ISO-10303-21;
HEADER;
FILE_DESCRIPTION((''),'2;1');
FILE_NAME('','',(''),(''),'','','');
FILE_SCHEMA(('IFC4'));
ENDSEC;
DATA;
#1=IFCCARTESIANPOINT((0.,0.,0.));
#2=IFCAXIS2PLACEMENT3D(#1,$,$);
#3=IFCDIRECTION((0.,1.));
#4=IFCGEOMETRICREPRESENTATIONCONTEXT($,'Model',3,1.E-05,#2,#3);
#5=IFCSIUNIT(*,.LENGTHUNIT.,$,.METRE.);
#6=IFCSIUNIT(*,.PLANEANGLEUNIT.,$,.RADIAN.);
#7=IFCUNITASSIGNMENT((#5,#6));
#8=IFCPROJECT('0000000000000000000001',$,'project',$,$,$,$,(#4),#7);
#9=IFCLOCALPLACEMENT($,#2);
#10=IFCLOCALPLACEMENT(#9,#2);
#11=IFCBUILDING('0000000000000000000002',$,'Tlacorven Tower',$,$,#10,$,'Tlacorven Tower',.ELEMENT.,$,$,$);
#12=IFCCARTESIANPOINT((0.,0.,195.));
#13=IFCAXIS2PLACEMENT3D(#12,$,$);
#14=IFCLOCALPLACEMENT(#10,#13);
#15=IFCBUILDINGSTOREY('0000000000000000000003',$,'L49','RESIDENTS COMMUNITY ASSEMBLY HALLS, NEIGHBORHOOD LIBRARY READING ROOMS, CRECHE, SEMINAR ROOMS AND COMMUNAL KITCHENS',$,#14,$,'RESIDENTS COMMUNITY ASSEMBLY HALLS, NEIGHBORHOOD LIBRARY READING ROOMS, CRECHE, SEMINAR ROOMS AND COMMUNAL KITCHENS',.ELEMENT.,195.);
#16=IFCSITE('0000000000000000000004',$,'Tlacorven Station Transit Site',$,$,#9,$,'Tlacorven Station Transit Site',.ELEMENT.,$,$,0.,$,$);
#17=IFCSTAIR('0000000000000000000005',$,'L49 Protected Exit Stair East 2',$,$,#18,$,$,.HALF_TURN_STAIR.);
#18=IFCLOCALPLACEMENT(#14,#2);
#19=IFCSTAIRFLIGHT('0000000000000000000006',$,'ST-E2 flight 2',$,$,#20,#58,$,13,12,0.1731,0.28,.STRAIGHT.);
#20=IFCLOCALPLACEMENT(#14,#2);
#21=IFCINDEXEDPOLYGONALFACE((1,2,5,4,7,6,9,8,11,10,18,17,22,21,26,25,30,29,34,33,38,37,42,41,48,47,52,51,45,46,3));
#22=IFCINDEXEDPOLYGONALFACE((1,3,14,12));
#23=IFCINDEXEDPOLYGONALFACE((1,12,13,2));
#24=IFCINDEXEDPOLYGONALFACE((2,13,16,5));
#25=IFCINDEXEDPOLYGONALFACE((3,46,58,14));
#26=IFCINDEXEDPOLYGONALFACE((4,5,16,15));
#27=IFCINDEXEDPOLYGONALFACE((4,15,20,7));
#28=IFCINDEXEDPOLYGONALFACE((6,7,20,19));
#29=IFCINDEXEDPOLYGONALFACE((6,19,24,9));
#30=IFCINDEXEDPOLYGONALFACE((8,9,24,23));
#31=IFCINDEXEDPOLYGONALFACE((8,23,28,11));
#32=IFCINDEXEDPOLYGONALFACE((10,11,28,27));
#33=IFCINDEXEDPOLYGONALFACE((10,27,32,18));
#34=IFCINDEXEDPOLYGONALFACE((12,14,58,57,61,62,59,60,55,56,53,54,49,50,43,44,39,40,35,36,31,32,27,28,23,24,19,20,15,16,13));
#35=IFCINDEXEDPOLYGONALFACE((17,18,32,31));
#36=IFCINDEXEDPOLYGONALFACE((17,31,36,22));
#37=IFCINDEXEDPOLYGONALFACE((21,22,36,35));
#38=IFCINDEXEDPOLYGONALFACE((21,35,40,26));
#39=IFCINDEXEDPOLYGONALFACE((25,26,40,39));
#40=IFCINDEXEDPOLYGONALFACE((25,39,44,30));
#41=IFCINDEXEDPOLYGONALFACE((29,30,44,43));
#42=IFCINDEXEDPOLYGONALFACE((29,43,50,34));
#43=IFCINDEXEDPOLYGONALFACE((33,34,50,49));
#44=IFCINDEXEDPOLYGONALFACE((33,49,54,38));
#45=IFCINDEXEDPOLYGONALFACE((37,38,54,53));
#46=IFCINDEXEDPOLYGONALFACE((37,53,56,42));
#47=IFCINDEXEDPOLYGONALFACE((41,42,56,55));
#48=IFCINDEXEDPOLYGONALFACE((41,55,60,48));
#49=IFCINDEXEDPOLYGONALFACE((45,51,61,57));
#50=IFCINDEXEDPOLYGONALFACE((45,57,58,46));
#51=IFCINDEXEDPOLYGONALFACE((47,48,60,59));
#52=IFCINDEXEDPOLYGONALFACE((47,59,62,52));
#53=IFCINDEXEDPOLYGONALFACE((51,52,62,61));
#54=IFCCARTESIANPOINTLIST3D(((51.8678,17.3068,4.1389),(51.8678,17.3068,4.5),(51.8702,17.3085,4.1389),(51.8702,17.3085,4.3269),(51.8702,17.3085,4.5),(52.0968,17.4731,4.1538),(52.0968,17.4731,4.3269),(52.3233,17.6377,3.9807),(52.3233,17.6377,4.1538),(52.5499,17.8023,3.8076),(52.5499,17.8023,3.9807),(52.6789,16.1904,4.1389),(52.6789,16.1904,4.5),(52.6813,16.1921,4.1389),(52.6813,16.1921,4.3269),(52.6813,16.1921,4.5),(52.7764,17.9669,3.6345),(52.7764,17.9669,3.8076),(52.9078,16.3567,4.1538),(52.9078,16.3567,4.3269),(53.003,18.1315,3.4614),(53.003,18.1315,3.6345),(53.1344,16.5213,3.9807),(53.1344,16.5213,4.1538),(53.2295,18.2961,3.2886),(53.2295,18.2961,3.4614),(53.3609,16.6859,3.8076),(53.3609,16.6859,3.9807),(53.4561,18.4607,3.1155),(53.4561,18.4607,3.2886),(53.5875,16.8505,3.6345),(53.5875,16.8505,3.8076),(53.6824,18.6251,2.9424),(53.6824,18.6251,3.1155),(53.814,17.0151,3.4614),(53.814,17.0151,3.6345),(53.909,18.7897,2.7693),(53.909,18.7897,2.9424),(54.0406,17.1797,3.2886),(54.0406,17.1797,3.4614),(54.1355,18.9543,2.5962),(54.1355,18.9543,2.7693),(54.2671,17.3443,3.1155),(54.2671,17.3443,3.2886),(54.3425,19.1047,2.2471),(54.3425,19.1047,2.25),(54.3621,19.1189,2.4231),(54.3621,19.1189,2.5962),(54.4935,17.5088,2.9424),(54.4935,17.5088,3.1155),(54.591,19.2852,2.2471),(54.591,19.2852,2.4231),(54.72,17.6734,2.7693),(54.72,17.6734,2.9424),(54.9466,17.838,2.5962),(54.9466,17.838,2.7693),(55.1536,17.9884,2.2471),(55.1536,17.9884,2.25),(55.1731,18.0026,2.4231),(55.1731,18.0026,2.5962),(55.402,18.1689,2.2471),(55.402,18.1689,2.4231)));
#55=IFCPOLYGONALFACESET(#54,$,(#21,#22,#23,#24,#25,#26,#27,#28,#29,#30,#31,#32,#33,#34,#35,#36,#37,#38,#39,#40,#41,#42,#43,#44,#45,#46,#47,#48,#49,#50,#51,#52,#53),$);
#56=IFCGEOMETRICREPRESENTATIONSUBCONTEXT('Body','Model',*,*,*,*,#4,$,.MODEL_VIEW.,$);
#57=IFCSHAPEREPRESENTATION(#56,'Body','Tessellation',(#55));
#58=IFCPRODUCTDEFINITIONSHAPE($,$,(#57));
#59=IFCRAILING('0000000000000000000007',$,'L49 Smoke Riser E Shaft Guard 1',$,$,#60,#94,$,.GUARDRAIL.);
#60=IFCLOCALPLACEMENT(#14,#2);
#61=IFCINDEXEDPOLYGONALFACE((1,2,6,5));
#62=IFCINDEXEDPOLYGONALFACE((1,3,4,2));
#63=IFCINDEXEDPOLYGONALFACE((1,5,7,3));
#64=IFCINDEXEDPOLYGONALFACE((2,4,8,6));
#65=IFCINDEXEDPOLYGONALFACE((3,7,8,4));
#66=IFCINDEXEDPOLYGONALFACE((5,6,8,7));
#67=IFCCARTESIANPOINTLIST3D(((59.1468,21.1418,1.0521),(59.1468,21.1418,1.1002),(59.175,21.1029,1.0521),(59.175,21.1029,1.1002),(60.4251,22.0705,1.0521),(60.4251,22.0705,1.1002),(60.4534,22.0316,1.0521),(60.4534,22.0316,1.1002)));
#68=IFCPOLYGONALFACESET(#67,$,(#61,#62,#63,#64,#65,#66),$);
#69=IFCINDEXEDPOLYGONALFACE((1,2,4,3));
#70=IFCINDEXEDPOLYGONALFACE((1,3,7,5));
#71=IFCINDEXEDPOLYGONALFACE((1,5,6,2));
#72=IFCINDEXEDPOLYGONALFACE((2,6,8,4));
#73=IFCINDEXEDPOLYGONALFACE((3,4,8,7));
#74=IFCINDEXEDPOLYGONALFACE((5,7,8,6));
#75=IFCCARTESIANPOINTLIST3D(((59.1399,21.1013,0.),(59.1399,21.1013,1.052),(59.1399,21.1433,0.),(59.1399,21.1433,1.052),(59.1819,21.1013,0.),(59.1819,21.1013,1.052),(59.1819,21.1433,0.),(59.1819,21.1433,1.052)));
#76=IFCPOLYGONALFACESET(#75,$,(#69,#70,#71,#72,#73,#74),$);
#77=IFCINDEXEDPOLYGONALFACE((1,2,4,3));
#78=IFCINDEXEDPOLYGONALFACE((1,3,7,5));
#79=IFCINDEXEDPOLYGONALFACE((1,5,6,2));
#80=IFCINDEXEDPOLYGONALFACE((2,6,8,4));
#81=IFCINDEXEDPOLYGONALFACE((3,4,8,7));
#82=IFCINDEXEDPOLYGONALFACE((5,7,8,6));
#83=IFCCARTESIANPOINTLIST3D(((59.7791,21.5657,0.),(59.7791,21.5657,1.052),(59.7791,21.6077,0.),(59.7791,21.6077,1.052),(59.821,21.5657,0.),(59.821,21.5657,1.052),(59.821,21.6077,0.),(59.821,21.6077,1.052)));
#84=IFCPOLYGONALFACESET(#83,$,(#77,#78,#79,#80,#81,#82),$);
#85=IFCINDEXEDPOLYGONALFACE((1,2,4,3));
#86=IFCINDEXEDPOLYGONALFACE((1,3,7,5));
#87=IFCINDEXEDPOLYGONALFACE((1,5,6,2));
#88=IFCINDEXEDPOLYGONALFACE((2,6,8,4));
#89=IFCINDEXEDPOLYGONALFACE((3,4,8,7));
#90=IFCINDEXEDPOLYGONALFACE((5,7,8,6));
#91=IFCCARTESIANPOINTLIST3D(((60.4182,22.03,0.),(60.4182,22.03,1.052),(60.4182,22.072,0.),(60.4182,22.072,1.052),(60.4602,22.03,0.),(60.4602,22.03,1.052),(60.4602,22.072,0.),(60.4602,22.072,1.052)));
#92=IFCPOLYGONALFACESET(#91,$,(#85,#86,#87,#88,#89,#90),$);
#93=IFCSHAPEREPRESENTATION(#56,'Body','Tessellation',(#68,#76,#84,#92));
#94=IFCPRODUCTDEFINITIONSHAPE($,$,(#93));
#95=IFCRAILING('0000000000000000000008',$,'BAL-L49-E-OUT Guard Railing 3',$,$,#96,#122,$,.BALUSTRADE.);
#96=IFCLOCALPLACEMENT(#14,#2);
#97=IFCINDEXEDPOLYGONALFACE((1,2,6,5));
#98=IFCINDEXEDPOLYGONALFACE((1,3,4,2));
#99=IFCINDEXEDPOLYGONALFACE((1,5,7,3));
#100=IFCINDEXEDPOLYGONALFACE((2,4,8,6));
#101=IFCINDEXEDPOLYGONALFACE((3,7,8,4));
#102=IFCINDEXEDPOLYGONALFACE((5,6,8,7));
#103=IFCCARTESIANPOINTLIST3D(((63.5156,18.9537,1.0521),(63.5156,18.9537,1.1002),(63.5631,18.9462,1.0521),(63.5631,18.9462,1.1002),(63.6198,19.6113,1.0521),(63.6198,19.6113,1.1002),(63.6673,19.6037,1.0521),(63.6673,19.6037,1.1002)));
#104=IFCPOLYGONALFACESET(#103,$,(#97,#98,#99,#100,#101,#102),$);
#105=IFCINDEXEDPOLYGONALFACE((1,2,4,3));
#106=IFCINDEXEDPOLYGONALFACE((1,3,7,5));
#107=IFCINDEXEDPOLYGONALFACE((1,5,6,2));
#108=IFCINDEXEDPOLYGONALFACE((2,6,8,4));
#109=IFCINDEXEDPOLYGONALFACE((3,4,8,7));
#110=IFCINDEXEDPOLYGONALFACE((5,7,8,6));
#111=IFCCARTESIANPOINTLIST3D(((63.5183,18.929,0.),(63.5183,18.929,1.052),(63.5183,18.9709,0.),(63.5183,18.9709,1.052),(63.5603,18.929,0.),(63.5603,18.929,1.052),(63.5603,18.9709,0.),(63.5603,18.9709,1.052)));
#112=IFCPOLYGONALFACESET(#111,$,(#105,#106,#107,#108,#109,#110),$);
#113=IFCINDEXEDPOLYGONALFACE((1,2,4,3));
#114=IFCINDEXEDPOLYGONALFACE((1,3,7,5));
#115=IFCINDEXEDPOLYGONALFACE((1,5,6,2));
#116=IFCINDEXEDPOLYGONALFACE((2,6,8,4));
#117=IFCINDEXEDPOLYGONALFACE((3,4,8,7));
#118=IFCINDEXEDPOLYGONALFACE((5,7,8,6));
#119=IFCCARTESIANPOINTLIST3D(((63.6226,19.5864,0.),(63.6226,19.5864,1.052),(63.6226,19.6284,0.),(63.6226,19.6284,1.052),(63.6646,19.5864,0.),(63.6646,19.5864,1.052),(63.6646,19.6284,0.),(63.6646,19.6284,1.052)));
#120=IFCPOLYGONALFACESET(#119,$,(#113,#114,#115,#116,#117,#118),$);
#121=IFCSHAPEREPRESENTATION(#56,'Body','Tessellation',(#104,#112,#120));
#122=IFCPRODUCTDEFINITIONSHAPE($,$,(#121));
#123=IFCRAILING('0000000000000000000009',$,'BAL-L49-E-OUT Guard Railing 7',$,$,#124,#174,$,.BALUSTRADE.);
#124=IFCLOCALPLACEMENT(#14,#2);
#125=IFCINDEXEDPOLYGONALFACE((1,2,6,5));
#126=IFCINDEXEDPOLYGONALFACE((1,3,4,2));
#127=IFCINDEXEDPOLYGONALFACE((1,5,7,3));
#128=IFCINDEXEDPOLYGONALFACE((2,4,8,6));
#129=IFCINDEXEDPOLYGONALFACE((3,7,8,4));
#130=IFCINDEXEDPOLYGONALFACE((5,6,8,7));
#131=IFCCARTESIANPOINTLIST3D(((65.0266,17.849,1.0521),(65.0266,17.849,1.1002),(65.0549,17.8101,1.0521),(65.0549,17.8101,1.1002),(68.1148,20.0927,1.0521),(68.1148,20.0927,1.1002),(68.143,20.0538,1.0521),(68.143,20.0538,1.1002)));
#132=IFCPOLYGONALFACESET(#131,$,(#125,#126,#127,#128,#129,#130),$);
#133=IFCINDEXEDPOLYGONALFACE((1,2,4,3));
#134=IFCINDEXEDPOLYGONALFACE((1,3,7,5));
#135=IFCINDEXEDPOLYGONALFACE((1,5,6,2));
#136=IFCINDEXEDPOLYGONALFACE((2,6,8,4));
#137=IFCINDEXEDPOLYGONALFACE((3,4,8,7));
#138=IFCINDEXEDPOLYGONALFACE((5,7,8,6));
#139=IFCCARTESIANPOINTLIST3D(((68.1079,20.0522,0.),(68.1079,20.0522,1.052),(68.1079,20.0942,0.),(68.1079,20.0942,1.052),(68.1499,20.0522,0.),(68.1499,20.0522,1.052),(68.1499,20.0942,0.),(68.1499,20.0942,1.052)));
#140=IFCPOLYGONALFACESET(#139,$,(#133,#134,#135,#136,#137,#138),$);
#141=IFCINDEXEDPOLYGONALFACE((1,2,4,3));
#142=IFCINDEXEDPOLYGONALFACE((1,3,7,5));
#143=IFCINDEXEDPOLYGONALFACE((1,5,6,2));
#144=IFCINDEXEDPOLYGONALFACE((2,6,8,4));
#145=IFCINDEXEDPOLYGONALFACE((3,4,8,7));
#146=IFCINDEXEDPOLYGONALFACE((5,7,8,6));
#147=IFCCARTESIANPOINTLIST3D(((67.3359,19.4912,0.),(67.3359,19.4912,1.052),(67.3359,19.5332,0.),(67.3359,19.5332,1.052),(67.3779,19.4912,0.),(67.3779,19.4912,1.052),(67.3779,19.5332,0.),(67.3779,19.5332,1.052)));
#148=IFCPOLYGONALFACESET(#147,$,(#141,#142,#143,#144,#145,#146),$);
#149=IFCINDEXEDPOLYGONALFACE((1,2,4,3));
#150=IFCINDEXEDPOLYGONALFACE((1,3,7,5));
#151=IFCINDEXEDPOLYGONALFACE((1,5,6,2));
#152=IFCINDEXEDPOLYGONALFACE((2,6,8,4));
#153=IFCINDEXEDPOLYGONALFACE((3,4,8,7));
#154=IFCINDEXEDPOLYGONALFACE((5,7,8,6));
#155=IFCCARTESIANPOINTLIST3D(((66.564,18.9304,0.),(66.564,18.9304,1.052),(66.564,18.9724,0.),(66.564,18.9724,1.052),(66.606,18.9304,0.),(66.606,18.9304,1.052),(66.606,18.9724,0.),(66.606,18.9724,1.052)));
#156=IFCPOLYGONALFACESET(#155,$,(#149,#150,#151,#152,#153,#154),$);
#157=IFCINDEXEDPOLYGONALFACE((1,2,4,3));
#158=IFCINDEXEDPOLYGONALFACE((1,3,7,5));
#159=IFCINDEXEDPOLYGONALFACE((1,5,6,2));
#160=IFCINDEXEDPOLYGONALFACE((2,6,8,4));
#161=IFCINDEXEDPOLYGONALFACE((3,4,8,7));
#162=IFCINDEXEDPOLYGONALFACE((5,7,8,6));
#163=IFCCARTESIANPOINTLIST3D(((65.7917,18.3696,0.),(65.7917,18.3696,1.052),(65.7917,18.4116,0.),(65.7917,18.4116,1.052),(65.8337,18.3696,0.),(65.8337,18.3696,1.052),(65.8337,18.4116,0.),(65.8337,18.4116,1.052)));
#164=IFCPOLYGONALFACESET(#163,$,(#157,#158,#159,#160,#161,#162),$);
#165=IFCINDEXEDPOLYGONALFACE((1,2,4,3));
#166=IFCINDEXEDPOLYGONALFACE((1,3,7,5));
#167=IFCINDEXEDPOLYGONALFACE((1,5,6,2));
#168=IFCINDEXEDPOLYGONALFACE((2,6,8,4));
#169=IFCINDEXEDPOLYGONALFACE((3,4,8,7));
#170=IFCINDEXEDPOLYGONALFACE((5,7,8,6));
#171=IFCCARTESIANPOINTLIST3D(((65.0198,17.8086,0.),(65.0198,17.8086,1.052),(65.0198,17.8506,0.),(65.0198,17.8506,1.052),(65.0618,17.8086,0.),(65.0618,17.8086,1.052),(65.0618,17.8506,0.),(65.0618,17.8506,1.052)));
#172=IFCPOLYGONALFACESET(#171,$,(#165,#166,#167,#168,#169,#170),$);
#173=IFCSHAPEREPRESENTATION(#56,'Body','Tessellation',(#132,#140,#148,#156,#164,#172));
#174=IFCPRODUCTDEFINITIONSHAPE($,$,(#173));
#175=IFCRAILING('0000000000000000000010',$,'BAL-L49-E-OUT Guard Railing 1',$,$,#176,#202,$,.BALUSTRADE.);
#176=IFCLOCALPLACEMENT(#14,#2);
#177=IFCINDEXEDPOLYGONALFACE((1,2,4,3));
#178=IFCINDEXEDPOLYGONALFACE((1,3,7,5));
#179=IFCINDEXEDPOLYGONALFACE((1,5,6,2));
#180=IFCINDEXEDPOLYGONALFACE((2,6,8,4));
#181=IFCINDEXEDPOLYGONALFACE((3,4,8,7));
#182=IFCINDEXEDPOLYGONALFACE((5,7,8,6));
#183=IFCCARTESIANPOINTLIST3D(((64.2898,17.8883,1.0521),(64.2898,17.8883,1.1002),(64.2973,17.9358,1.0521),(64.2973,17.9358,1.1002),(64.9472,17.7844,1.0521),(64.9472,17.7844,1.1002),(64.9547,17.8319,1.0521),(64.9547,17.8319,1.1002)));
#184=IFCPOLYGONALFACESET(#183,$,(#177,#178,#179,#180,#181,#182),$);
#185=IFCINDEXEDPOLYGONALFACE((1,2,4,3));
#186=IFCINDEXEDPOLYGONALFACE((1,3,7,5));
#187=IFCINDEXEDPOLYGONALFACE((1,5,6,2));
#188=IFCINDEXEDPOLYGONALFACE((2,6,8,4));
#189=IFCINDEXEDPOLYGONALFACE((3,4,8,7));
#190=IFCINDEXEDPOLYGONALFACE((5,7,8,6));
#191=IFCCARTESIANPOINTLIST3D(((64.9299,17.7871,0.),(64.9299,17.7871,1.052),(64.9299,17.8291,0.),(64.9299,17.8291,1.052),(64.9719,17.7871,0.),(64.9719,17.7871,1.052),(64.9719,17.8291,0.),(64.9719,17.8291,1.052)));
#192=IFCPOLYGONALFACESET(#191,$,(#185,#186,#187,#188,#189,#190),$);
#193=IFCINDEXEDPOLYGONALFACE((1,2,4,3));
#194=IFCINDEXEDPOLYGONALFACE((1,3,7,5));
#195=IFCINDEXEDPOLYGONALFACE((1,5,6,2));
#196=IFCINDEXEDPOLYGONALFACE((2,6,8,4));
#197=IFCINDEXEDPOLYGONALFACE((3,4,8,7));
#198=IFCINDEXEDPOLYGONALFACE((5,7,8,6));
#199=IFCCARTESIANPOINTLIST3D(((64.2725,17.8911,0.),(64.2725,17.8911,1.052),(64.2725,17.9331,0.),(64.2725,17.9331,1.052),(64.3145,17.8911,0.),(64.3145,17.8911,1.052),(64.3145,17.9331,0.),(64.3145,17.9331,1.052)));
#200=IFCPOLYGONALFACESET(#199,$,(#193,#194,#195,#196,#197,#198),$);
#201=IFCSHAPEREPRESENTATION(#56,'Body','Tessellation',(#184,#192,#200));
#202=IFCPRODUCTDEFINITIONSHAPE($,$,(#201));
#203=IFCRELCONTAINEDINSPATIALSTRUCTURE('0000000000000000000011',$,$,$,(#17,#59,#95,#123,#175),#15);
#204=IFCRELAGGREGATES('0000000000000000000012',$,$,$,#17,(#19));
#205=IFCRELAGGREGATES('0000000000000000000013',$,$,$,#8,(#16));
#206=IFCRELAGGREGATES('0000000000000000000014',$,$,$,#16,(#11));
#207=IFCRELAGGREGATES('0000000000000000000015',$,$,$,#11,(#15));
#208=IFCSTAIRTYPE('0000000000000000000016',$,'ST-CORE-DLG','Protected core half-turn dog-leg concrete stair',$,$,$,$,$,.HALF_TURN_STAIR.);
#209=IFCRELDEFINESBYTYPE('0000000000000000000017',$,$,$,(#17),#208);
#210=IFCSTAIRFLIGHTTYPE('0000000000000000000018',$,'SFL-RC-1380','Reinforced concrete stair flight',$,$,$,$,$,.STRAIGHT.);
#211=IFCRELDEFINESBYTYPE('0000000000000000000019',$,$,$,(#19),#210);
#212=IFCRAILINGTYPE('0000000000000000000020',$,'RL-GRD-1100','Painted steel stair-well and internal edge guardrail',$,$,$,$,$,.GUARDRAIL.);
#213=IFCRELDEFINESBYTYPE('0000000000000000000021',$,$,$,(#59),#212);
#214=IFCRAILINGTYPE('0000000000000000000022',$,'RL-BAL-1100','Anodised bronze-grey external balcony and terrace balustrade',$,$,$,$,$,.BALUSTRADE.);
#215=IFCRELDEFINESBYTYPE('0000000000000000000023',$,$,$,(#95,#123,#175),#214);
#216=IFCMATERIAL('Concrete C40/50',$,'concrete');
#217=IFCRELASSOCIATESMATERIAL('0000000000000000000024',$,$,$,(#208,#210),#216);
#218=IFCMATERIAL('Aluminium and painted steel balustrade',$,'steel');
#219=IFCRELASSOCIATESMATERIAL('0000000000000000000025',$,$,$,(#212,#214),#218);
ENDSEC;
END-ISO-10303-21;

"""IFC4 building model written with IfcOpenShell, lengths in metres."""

from ifc_helpers import new_model, si_unit, direction, frame, origin, origin_2d, place, context, subcontext, project, spatial, polyline, rectangle, outline, extrude, source, transform, mapped, material, type_object, element, aggregate, save


model = new_model("IFC4")

# Units and contexts
model_context = context("Model", 3, precision=1e-05, world=origin(), true_north=direction((0.0, 1.0)))
body_context = subcontext(model_context, "Body", "Model", "MODEL_VIEW")
ifc_project = project(units=[si_unit("LENGTHUNIT", "METRE"), si_unit("PLANEANGLEUNIT", "RADIAN")], contexts=[model_context])

# Site, building, storey
site_placement = place(None, origin())
site = spatial("IfcSite", under=ifc_project, at=site_placement, Name="Tlacorven Station Transit Site", LongName="Tlacorven Station Transit Site", CompositionType="ELEMENT", RefElevation=0.0)
building_placement = place(site_placement, origin())
building = spatial("IfcBuilding", under=site, at=building_placement, Name="Tlacorven Tower", LongName="Tlacorven Tower", CompositionType="ELEMENT")
storey_placement = place(building_placement, frame((0.0, 0.0, 195.0)))
storey = spatial("IfcBuildingStorey", under=building, at=storey_placement, Name="L49", Description="RESIDENTS COMMUNITY ASSEMBLY HALLS, NEIGHBORHOOD LIBRARY READING ROOMS, CRECHE, SEMINAR ROOMS AND COMMUNAL KITCHENS", LongName="RESIDENTS COMMUNITY ASSEMBLY HALLS, NEIGHBORHOOD LIBRARY READING ROOMS, CRECHE, SEMINAR ROOMS AND COMMUNAL KITCHENS", CompositionType="ELEMENT", Elevation=195.0)

# Shared definitions
ifc_material_1 = material(Name="Concrete C40/50", Category="concrete")

# Stair, stair flight
stair_type = type_object("IfcStairType", Name="ST-CORE-DLG", Description="Protected core half-turn dog-leg concrete stair", PredefinedType="HALF_TURN_STAIR", material=ifc_material_1)
stair_placement = place(storey_placement, origin())
stair = element("IfcStair", 1, at=stair_placement, inside=storey, type_object=stair_type, Name="L49 Protected Exit Stair East 2", PredefinedType="HALF_TURN_STAIR")
stair_flight_type = type_object("IfcStairFlightType", Name="SFL-RC-1380", Description="Reinforced concrete stair flight", PredefinedType="STRAIGHT", material=ifc_material_1)
shared_shape_1 = source(origin(), body_context, "Body", "SweptSolid", [
    extrude(outline(polyline([(-0.0029, -0.0029), (-0.0029, 0.1731), (0.28, 0.1731), (0.28, 0.3462), (0.5601, 0.3462), (0.5601, 0.5193), (0.8401, 0.5193), (0.8401, 0.6924), (1.1201, 0.6924), (1.1201, 0.8655), (1.3999, 0.8655), (1.3999, 1.0386), (1.6799, 1.0386), (1.6799, 1.2114), (1.96, 1.2114), (1.96, 1.3845), (2.24, 1.3845), (2.24, 1.5576), (2.52, 1.5576), (2.52, 1.7307), (2.8, 1.7307), (2.8, 1.9038), (3.0801, 1.9038), (3.0801, 2.0769), (3.3601, 2.0769), (3.3601, 2.25), (3.363, 2.25), (3.363, 1.8889), (3.3601, 1.8889), (0.3042, 0.0), (0.3042, -0.0029), (-0.0029, -0.0029)])), frame((0.0, 0.6899, 0.0), z_axis=(0.0, -1.0, 0.0), x_axis=(1.0, 0.0, 0.0)), (0.0, 0.0, 1.0), 1.3799),
])
stair_flight_placement = place(storey_placement, frame((54.9941, 18.7253, 2.25), z_axis=(0.0, 0.0, 1.0), x_axis=(-0.809017, -0.587785, 0.0)))
stair_flight = element("IfcStairFlight", 2, at=stair_flight_placement, type_object=stair_flight_type, Name="ST-E2 flight 2", NumberOfRisers=13, NumberOfTreads=12, PredefinedType="STRAIGHT", RiserHeight=0.1731, TreadLength=0.28, context=body_context, shape_type="MappedRepresentation", body=[
    mapped(shared_shape_1, transform((0.0, 0.0, 0.0), scale=1.0)),
])
aggregate(stair, [stair_flight])

# Railings
ifc_material_2 = material(Name="Aluminium and painted steel balustrade", Category="steel")
railing_type_1 = type_object("IfcRailingType", Name="RL-GRD-1100", Description="Painted steel stair-well and internal edge guardrail", PredefinedType="GUARDRAIL", material=ifc_material_2)
shared_shape_2 = source(origin(), body_context, "Body", "SweptSolid", [
    extrude(rectangle(XDim=0.0481, YDim=0.0481, at=origin_2d()), frame((0.0, 0.0, 1.0762), z_axis=(0.80903, 0.587767, 0.0), x_axis=(-0.587767, 0.80903, 0.0)), (0.0, 0.0, 1.0), 1.5801),
    extrude(rectangle(XDim=0.042, YDim=0.042, at=origin_2d()), origin(), (0.0, 0.0, 1.0), 1.052),
    extrude(rectangle(XDim=0.042, YDim=0.042, at=origin_2d()), frame((0.6392, 0.4644, 0.0)), (0.0, 0.0, 1.0), 1.052),
    extrude(rectangle(XDim=0.042, YDim=0.042, at=origin_2d()), frame((1.2783, 0.9287, 0.0)), (0.0, 0.0, 1.0), 1.052),
])
railing_1_placement = place(storey_placement, frame((59.1609, 21.1223, 0.0)))
element("IfcRailing", 3, at=railing_1_placement, inside=storey, type_object=railing_type_1, Name="L49 Smoke Riser E Shaft Guard 1", PredefinedType="GUARDRAIL", context=body_context, shape_type="MappedRepresentation", body=[
    mapped(shared_shape_2, transform((0.0, 0.0, 0.0), scale=1.0)),
])
railing_type_2 = type_object("IfcRailingType", Name="RL-BAL-1100", Description="Anodised bronze-grey external balcony and terrace balustrade", PredefinedType="BALUSTRADE", material=ifc_material_2)
shared_shape_3 = source(origin(), body_context, "Body", "SweptSolid", [
    extrude(rectangle(XDim=0.0481, YDim=0.0481, at=origin_2d()), frame((0.0, 0.0, 1.0762), z_axis=(0.156603, 0.987662, 0.0), x_axis=(-0.987662, 0.156603, 0.0)), (0.0, 0.0, 1.0), 0.6658),
    extrude(rectangle(XDim=0.042, YDim=0.042, at=origin_2d()), origin(), (0.0, 0.0, 1.0), 1.052),
    extrude(rectangle(XDim=0.042, YDim=0.042, at=origin_2d()), frame((0.1042, 0.6575, 0.0)), (0.0, 0.0, 1.0), 1.052),
])
railing_2_placement = place(storey_placement, frame((63.5393, 18.95, 0.0)))
element("IfcRailing", 4, at=railing_2_placement, inside=storey, type_object=railing_type_2, Name="BAL-L49-E-OUT Guard Railing 3", PredefinedType="BALUSTRADE", context=body_context, shape_type="MappedRepresentation", body=[
    mapped(shared_shape_3, transform((0.0, 0.0, 0.0), scale=1.0)),
])
shared_shape_4 = source(origin(), body_context, "Body", "SweptSolid", [
    extrude(rectangle(XDim=0.0481, YDim=0.0481, at=origin_2d()), frame((0.0, 0.0, 1.0762), z_axis=(-0.809018, -0.587784, 0.0), x_axis=(0.587784, -0.809018, 0.0)), (0.0, 0.0, 1.0), 3.8171),
    extrude(rectangle(XDim=0.042, YDim=0.042, at=origin_2d()), origin(), (0.0, 0.0, 1.0), 1.052),
    extrude(rectangle(XDim=0.042, YDim=0.042, at=origin_2d()), frame((-0.772, -0.561, 0.0)), (0.0, 0.0, 1.0), 1.052),
    extrude(rectangle(XDim=0.042, YDim=0.042, at=origin_2d()), frame((-1.5439, -1.1218, 0.0)), (0.0, 0.0, 1.0), 1.052),
    extrude(rectangle(XDim=0.042, YDim=0.042, at=origin_2d()), frame((-2.3162, -1.6826, 0.0)), (0.0, 0.0, 1.0), 1.052),
    extrude(rectangle(XDim=0.042, YDim=0.042, at=origin_2d()), frame((-3.0881, -2.2437, 0.0)), (0.0, 0.0, 1.0), 1.052),
])
railing_3_placement = place(storey_placement, frame((68.1289, 20.0732, 0.0)))
element("IfcRailing", 5, at=railing_3_placement, inside=storey, type_object=railing_type_2, Name="BAL-L49-E-OUT Guard Railing 7", PredefinedType="BALUSTRADE", context=body_context, shape_type="MappedRepresentation", body=[
    mapped(shared_shape_4, transform((0.0, 0.0, 0.0), scale=1.0)),
])
shared_shape_5 = source(origin(), body_context, "Body", "SweptSolid", [
    extrude(rectangle(XDim=0.0481, YDim=0.0481, at=origin_2d()), frame((0.0, 0.0, 1.0762), z_axis=(-0.987718, 0.156245, 0.0), x_axis=(-0.156245, -0.987718, 0.0)), (0.0, 0.0, 1.0), 0.6655),
    extrude(rectangle(XDim=0.042, YDim=0.042, at=origin_2d()), origin(), (0.0, 0.0, 1.0), 1.052),
    extrude(rectangle(XDim=0.042, YDim=0.042, at=origin_2d()), frame((-0.6575, 0.104, 0.0)), (0.0, 0.0, 1.0), 1.052),
])
railing_4_placement = place(storey_placement, frame((64.9509, 17.8081, 0.0)))
element("IfcRailing", 6, at=railing_4_placement, inside=storey, type_object=railing_type_2, Name="BAL-L49-E-OUT Guard Railing 1", PredefinedType="BALUSTRADE", context=body_context, shape_type="MappedRepresentation", body=[
    mapped(shared_shape_5, transform((0.0, 0.0, 0.0), scale=1.0)),
])

save(model, "model.ifc")
